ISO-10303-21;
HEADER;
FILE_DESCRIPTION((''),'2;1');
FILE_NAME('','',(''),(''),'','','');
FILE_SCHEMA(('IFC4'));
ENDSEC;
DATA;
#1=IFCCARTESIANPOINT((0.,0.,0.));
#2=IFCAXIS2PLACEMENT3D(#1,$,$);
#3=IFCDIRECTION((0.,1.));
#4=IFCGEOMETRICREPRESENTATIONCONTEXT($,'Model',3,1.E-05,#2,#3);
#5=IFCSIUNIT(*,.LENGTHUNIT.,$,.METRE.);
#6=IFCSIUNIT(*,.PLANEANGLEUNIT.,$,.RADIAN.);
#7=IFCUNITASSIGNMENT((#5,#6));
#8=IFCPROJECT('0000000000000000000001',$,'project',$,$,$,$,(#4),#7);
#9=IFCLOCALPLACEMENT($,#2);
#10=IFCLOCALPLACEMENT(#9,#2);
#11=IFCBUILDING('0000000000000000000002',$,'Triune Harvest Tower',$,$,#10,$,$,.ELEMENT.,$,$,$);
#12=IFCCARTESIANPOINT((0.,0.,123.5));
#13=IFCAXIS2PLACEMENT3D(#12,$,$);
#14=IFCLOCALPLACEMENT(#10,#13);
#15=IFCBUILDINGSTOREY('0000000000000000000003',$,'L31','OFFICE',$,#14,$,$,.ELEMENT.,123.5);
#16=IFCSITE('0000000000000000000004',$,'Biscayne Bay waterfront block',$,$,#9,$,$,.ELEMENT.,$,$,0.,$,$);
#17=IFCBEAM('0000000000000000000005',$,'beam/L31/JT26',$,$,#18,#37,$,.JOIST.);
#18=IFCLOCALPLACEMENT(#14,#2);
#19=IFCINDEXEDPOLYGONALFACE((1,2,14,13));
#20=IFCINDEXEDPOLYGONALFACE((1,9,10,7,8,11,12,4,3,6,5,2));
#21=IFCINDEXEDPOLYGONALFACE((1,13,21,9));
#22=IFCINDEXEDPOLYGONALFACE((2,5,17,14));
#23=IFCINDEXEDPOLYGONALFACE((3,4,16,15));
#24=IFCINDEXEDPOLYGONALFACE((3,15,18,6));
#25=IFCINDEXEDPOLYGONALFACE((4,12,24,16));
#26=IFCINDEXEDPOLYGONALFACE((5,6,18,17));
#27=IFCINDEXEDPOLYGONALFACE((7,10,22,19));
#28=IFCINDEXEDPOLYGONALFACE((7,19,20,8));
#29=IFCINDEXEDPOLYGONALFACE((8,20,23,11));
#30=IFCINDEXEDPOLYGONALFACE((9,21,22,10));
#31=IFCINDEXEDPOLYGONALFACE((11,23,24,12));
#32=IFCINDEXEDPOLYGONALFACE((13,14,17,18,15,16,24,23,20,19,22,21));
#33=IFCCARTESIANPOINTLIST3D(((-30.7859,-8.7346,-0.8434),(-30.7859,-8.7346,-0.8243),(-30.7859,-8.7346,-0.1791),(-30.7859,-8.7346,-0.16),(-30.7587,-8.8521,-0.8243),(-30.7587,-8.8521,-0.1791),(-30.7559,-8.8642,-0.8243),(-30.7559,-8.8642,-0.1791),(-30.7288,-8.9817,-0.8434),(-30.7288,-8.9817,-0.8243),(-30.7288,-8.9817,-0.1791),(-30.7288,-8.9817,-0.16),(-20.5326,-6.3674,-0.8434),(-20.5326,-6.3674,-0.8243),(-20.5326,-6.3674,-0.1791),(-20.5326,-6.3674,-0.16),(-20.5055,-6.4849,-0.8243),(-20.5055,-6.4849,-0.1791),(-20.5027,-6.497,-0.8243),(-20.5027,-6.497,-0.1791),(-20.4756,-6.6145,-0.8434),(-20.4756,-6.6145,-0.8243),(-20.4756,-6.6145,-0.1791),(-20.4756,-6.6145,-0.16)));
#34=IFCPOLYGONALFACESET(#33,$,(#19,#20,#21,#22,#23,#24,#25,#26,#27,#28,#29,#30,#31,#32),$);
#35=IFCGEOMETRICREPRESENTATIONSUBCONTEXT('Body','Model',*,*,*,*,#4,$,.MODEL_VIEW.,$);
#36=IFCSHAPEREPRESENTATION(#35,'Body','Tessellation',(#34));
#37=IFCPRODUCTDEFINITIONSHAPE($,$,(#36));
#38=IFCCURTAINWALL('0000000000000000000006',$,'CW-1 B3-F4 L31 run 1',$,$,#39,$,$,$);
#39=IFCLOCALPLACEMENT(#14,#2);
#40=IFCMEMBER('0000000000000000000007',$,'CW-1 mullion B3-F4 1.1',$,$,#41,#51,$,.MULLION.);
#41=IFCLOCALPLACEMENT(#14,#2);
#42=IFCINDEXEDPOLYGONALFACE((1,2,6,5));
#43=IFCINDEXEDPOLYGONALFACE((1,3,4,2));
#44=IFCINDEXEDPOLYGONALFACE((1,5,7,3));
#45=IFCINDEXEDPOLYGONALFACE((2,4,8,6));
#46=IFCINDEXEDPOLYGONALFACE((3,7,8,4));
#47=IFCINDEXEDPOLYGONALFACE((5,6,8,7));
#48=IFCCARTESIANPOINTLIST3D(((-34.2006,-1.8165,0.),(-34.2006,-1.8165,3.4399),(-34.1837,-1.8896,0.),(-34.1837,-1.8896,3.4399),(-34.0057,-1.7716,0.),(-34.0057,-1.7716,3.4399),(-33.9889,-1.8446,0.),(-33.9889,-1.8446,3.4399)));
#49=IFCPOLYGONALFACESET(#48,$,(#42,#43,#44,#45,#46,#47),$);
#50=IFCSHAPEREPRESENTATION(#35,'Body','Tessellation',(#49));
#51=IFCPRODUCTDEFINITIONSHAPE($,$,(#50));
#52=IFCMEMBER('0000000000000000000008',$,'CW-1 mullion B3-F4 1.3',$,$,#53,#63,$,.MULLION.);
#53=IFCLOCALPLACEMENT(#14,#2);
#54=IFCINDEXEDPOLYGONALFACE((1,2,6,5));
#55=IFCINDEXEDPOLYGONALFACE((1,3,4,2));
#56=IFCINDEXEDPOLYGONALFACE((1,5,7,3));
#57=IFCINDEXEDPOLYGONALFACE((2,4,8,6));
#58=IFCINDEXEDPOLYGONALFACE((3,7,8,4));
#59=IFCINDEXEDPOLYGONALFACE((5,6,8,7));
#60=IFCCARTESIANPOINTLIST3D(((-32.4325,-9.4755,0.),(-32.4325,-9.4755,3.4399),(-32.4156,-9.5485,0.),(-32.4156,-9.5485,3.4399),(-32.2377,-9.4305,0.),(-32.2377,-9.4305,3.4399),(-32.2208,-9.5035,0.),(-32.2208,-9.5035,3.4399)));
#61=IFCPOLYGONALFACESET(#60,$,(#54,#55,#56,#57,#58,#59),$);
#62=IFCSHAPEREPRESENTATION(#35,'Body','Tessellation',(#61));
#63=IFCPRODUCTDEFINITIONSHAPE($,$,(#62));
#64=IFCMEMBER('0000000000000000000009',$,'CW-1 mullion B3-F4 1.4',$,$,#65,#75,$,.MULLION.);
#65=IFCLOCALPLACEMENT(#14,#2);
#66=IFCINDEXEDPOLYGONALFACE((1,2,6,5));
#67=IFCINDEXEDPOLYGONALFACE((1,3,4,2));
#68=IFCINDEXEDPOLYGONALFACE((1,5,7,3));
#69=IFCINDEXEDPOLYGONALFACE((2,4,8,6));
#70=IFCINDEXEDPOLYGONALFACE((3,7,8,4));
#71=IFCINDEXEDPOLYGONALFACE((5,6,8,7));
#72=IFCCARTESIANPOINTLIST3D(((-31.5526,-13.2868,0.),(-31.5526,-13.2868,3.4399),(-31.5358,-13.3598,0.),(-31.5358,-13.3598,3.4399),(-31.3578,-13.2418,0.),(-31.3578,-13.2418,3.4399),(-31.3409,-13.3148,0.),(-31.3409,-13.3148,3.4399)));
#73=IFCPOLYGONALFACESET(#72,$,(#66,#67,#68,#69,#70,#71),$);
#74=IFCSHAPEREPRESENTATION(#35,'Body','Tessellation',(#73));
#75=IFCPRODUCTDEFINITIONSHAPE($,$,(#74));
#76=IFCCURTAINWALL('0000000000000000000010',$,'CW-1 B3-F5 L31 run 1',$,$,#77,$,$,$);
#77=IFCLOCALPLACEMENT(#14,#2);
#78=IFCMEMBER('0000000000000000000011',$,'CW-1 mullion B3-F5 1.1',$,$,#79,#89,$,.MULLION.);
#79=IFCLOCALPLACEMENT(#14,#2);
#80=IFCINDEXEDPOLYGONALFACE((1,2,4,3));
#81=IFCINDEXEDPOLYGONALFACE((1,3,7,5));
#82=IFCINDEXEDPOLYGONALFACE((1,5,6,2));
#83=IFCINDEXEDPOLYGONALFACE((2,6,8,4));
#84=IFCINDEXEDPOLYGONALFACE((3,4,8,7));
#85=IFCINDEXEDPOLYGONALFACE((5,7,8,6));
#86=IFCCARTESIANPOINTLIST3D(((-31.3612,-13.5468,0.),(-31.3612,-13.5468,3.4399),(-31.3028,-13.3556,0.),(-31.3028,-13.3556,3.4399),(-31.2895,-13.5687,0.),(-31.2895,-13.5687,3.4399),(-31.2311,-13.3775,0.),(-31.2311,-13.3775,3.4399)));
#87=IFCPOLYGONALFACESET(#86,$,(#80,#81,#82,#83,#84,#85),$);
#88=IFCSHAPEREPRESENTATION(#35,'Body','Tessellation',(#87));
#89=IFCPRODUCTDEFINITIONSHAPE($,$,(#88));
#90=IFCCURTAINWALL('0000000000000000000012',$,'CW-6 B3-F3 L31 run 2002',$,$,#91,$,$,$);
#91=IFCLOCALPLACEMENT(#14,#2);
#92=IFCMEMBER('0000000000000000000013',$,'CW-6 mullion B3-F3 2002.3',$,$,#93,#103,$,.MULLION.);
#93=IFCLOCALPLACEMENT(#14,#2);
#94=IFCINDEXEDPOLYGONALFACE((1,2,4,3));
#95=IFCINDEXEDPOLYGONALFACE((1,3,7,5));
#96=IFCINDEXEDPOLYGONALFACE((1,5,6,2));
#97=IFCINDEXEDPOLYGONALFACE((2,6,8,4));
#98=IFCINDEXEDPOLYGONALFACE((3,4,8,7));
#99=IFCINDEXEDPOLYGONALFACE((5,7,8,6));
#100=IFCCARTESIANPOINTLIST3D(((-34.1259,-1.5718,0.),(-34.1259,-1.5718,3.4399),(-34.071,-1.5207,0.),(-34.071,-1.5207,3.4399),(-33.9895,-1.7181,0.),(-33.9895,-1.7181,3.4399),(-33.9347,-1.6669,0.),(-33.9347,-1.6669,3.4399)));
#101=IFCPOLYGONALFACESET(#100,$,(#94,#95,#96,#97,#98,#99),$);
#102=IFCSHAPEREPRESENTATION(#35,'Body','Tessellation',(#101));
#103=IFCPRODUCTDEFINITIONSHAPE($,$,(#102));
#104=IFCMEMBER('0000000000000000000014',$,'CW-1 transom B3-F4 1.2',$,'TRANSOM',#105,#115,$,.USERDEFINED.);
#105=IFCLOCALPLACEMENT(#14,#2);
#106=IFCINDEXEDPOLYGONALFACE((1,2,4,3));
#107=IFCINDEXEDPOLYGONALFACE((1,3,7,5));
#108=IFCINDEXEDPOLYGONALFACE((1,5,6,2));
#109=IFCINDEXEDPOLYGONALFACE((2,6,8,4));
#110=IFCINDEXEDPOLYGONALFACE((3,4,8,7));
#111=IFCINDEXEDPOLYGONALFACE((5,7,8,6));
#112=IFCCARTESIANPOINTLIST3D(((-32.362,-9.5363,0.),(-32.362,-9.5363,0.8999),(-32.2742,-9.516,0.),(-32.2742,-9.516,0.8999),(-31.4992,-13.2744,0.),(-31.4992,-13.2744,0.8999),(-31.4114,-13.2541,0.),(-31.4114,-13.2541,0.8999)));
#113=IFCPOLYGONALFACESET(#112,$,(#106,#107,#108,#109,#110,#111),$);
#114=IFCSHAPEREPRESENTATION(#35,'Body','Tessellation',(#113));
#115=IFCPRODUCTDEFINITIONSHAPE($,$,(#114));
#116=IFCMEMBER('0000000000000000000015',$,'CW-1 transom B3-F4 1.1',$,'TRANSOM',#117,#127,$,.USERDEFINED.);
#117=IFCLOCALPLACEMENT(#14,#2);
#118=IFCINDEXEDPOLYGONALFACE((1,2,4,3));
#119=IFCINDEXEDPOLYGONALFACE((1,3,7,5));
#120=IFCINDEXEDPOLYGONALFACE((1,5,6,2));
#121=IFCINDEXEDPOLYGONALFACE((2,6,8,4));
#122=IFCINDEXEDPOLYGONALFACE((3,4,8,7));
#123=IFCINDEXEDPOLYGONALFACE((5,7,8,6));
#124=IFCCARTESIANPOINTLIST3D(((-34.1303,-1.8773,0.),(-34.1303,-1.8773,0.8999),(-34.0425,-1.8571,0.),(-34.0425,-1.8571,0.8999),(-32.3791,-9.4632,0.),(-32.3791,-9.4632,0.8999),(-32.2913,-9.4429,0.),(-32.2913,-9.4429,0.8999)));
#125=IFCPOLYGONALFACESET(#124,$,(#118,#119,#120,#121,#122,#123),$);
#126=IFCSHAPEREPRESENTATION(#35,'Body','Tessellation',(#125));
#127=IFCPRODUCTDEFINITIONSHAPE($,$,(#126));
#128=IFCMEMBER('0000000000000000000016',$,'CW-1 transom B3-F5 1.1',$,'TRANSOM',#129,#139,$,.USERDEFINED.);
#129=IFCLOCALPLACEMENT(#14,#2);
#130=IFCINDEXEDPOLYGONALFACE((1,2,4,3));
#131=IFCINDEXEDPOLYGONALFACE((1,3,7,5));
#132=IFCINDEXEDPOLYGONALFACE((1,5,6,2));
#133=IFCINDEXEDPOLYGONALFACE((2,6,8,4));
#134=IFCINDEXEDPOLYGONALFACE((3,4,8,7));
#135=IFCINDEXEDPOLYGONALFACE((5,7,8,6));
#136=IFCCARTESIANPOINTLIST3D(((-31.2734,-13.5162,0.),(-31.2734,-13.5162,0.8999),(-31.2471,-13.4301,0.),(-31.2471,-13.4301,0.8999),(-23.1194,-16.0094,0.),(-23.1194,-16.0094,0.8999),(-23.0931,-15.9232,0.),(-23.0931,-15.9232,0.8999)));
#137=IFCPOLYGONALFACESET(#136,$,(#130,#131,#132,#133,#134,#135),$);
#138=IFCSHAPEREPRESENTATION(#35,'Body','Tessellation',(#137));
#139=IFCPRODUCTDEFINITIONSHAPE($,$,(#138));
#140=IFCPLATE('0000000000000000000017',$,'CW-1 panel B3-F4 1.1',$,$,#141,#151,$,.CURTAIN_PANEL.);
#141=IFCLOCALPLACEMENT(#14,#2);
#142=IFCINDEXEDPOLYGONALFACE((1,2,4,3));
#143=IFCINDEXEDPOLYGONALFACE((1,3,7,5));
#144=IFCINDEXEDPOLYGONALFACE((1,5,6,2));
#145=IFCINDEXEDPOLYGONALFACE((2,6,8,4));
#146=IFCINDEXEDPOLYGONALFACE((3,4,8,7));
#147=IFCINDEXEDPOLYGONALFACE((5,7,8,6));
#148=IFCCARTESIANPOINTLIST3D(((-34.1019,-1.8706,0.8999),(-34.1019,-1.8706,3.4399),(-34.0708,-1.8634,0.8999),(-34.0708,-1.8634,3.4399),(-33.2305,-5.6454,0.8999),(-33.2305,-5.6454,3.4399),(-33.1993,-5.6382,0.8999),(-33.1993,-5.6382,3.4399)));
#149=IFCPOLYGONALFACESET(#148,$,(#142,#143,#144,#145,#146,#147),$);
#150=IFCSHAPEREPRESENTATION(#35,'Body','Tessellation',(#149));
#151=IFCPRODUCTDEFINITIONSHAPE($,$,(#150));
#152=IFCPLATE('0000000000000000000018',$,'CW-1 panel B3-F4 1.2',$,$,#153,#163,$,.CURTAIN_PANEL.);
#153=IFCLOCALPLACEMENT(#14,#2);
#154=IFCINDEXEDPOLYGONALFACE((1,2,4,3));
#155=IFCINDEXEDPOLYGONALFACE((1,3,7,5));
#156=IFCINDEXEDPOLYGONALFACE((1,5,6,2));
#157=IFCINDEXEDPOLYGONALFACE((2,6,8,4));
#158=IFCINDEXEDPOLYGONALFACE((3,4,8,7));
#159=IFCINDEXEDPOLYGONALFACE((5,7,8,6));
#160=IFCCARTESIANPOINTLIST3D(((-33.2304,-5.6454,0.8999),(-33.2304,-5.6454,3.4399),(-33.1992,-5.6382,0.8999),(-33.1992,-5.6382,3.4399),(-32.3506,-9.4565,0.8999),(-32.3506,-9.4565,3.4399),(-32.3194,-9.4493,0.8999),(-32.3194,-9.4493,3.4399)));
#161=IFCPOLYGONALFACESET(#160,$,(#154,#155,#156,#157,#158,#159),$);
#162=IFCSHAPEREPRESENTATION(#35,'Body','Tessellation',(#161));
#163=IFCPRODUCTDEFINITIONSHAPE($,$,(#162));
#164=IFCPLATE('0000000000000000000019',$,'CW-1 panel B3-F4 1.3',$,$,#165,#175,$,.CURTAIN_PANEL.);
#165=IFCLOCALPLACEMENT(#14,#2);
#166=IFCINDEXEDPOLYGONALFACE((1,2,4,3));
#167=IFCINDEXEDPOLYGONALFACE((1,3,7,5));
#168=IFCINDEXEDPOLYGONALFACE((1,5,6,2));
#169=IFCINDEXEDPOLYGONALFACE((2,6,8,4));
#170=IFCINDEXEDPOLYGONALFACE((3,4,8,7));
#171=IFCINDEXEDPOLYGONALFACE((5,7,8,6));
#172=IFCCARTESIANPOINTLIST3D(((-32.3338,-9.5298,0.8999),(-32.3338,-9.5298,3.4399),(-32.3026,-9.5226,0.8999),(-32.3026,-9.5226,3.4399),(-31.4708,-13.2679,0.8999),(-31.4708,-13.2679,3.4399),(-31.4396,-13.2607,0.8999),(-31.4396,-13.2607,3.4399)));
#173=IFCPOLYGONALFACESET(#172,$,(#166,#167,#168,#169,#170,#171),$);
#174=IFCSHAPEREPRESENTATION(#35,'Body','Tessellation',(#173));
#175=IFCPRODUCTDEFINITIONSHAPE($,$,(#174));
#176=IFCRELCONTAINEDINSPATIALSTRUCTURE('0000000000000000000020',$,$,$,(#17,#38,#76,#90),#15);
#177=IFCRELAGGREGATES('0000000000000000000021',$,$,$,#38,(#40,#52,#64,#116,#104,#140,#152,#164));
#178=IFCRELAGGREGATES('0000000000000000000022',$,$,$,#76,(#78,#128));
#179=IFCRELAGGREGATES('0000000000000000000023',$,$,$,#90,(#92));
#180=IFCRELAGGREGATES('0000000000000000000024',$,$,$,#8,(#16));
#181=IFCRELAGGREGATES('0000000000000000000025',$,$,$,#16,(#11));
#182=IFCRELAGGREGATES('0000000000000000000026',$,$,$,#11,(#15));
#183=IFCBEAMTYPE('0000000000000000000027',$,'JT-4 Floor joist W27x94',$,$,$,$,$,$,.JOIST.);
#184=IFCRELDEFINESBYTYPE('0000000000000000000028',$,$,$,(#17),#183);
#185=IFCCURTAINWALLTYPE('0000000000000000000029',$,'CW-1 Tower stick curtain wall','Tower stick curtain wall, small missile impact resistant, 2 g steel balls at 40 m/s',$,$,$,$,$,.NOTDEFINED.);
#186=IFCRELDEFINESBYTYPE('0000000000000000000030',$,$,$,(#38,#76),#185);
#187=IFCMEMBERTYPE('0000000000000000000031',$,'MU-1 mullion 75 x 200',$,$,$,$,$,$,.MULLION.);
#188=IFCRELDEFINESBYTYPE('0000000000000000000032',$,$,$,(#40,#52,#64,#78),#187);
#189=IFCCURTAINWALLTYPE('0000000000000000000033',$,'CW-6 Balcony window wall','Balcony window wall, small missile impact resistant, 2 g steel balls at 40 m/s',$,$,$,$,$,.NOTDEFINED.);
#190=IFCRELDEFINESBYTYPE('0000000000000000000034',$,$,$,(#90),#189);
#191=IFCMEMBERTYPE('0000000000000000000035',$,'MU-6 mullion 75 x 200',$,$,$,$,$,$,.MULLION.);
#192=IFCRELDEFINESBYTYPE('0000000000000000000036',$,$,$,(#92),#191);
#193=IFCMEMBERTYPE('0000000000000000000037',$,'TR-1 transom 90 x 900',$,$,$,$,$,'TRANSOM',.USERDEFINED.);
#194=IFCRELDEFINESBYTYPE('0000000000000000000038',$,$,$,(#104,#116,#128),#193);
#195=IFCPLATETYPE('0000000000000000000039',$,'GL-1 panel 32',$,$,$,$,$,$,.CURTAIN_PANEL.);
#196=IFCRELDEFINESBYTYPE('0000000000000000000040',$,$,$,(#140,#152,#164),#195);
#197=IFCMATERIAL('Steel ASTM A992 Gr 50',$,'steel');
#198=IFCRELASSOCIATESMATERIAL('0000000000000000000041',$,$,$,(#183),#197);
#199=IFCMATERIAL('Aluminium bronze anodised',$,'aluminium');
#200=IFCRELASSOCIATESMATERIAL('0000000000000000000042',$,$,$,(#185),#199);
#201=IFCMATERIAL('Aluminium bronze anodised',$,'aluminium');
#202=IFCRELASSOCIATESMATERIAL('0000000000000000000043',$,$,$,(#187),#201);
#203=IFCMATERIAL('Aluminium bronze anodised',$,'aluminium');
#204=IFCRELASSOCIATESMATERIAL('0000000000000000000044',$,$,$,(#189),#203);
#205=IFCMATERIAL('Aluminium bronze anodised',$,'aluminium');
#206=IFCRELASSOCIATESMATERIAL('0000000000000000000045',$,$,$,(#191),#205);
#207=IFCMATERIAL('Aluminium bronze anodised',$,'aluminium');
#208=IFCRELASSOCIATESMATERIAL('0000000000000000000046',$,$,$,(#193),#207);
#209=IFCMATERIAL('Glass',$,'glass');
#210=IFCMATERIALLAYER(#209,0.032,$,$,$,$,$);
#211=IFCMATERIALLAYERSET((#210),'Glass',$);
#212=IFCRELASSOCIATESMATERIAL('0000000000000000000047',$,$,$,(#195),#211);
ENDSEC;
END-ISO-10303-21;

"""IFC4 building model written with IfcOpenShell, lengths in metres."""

from ifc_helpers import new_model, si_unit, direction, frame, origin, origin_2d, place, context, subcontext, project, spatial, rectangle, i_section, extrude, source, transform, mapped, material, layer, layer_set, material_profile, profile_set, type_object, element, aggregate, save


model = new_model("IFC4")

# Units and contexts
model_context = context("Model", 3, precision=1e-05, world=origin(), true_north=direction((0.0, 1.0)))
body_context = subcontext(model_context, "Body", "Model", "MODEL_VIEW")
ifc_project = project(units=[si_unit("LENGTHUNIT", "METRE"), si_unit("PLANEANGLEUNIT", "RADIAN")], contexts=[model_context])

# Site, building, storey
site_placement = place(None, origin())
site = spatial("IfcSite", under=ifc_project, at=site_placement, Name="Biscayne Bay waterfront block", CompositionType="ELEMENT", RefElevation=0.0)
building_placement = place(site_placement, origin())
building = spatial("IfcBuilding", under=site, at=building_placement, Name="Triune Harvest Tower", CompositionType="ELEMENT")
storey_placement = place(building_placement, frame((0.0, 0.0, 123.5)))
storey = spatial("IfcBuildingStorey", under=building, at=storey_placement, Name="L31", Description="OFFICE", CompositionType="ELEMENT", Elevation=123.5)

# Beam
ifc_material_1 = material(Name="Steel ASTM A992 Gr 50", Category="steel")
ifc_material_profile_1 = material_profile(ifc_material_1, i_section(OverallWidth=0.2537, OverallDepth=0.6833, WebThickness=0.0125, FlangeThickness=0.019, at=origin_2d()), Name="W27x94")
ifc_profile_set_1 = profile_set([ifc_material_profile_1], Name="Steel ASTM A992 Gr 50")
beam_type_1 = type_object("IfcBeamType", Name="JT-4 Floor joist W27x94", PredefinedType="JOIST", material=ifc_profile_set_1)
shared_shape_1 = source(origin(), body_context, "Body", "SweptSolid", [
    extrude(i_section(OverallWidth=0.2537, OverallDepth=0.6833, WebThickness=0.0125, FlangeThickness=0.019, at=origin_2d()), origin(), (0.0, 0.0, 1.0), 10.5229),
])
beam_1_placement = place(storey_placement, frame((-30.7573, -8.8582, -0.5017), z_axis=(0.974369, 0.224956, 0.0), x_axis=(-0.224956, 0.974369, 0.0)))
element("IfcBeam", 1, at=beam_1_placement, inside=storey, type_object=beam_type_1, Name="beam/L31/JT26", PredefinedType="JOIST", context=body_context, shape_type="MappedRepresentation", body=[
    mapped(shared_shape_1, transform((0.0, 0.0, 0.0), scale=1.0)),
])

# Curtain wall, members
ifc_material_2 = material(Name="Aluminium bronze anodised", Category="aluminium")
curtain_wall_type_1 = type_object("IfcCurtainWallType", Name="CW-1 Tower stick curtain wall", Description="Tower stick curtain wall, small missile impact resistant, 2 g steel balls at 40 m/s", PredefinedType="NOTDEFINED", material=ifc_material_2)
curtain_wall_1_placement = place(storey_placement, origin())
curtain_wall_1 = element("IfcCurtainWall", 2, at=curtain_wall_1_placement, inside=storey, type_object=curtain_wall_type_1, Name="CW-1 B3-F4 L31 run 1")
ifc_material_3 = material(Name="Aluminium bronze anodised", Category="aluminium")
ifc_material_profile_2 = material_profile(ifc_material_3, rectangle(XDim=0.2, YDim=0.075, at=origin_2d()), Name="MU-1 mullion 75 x 200")
ifc_profile_set_2 = profile_set([ifc_material_profile_2], Name="Aluminium bronze anodised")
member_type_1 = type_object("IfcMemberType", Name="MU-1 mullion 75 x 200", PredefinedType="MULLION", material=ifc_profile_set_2)
shared_shape_2 = source(origin(), body_context, "Body", "SweptSolid", [
    extrude(rectangle(XDim=0.2, YDim=0.075, at=origin_2d()), origin(), (0.0, 0.0, 1.0), 3.4399),
])
member_1_placement = place(storey_placement, frame((-34.0947, -1.8306, 0.0), z_axis=(0.0, 0.0, 1.0), x_axis=(0.974371, 0.224947, 0.0)))
member_1 = element("IfcMember", 3, at=member_1_placement, type_object=member_type_1, Name="CW-1 mullion B3-F4 1.1", PredefinedType="MULLION", context=body_context, shape_type="MappedRepresentation", body=[
    mapped(shared_shape_2, transform((0.0, 0.0, 0.0), scale=1.0)),
])
member_2_placement = place(storey_placement, frame((-32.3267, -9.4895, 0.0), z_axis=(0.0, 0.0, 1.0), x_axis=(0.974371, 0.224947, 0.0)))
member_2 = element("IfcMember", 4, at=member_2_placement, type_object=member_type_1, Name="CW-1 mullion B3-F4 1.3", PredefinedType="MULLION", context=body_context, shape_type="MappedRepresentation", body=[
    mapped(shared_shape_2, transform((0.0, 0.0, 0.0), scale=1.0)),
])
member_3_placement = place(storey_placement, frame((-31.4468, -13.3008, 0.0), z_axis=(0.0, 0.0, 1.0), x_axis=(0.974371, 0.224947, 0.0)))
member_3 = element("IfcMember", 5, at=member_3_placement, type_object=member_type_1, Name="CW-1 mullion B3-F4 1.4", PredefinedType="MULLION", context=body_context, shape_type="MappedRepresentation", body=[
    mapped(shared_shape_2, transform((0.0, 0.0, 0.0), scale=1.0)),
])

# Curtain walls, members
curtain_wall_2_placement = place(storey_placement, origin())
curtain_wall_2 = element("IfcCurtainWall", 6, at=curtain_wall_2_placement, inside=storey, type_object=curtain_wall_type_1, Name="CW-1 B3-F5 L31 run 1")
member_4_placement = place(storey_placement, frame((-31.2961, -13.4622, 0.0), z_axis=(0.0, 0.0, 1.0), x_axis=(0.292377, 0.956303, 0.0)))
member_4 = element("IfcMember", 7, at=member_4_placement, type_object=member_type_1, Name="CW-1 mullion B3-F5 1.1", PredefinedType="MULLION", context=body_context, shape_type="MappedRepresentation", body=[
    mapped(shared_shape_2, transform((0.0, 0.0, 0.0), scale=1.0)),
])
ifc_material_4 = material(Name="Aluminium bronze anodised", Category="aluminium")
curtain_wall_type_2 = type_object("IfcCurtainWallType", Name="CW-6 Balcony window wall", Description="Balcony window wall, small missile impact resistant, 2 g steel balls at 40 m/s", PredefinedType="NOTDEFINED", material=ifc_material_4)
curtain_wall_3_placement = place(storey_placement, origin())
curtain_wall_3 = element("IfcCurtainWall", 8, at=curtain_wall_3_placement, inside=storey, type_object=curtain_wall_type_2, Name="CW-6 B3-F3 L31 run 2002")
ifc_material_5 = material(Name="Aluminium bronze anodised", Category="aluminium")
ifc_material_profile_3 = material_profile(ifc_material_5, rectangle(XDim=0.2, YDim=0.075, at=origin_2d()), Name="MU-6 mullion 75 x 200")
ifc_profile_set_3 = profile_set([ifc_material_profile_3], Name="Aluminium bronze anodised")
member_type_2 = type_object("IfcMemberType", Name="MU-6 mullion 75 x 200", PredefinedType="MULLION", material=ifc_profile_set_3)
shared_shape_3 = source(origin(), body_context, "Body", "SweptSolid", [
    extrude(rectangle(XDim=0.2, YDim=0.075, at=origin_2d()), origin(), (0.0, 0.0, 1.0), 3.4399),
])
member_5_placement = place(storey_placement, frame((-34.0303, -1.6194, 0.0), z_axis=(0.0, 0.0, 1.0), x_axis=(0.681998, -0.731354, 0.0)))
member_5 = element("IfcMember", 9, at=member_5_placement, type_object=member_type_2, Name="CW-6 mullion B3-F3 2002.3", PredefinedType="MULLION", context=body_context, shape_type="MappedRepresentation", body=[
    mapped(shared_shape_3, transform((0.0, 0.0, 0.0), scale=1.0)),
])

# Members
ifc_material_6 = material(Name="Aluminium bronze anodised", Category="aluminium")
ifc_material_profile_4 = material_profile(ifc_material_6, rectangle(XDim=0.0901, YDim=0.8999, at=origin_2d()), Name="TR-1 transom 90 x 900")
ifc_profile_set_4 = profile_set([ifc_material_profile_4], Name="Aluminium bronze anodised")
member_type_3 = type_object("IfcMemberType", Name="TR-1 transom 90 x 900", ElementType="TRANSOM", PredefinedType="USERDEFINED", material=ifc_profile_set_4)
shared_shape_4 = source(origin(), body_context, "Body", "SweptSolid", [
    extrude(rectangle(XDim=0.0901, YDim=0.8999, at=origin_2d()), origin(), (0.0, 0.0, 1.0), 3.8364),
])
member_6_placement = place(storey_placement, frame((-32.3181, -9.5261, 0.45), z_axis=(0.224901, -0.974382, 0.0), x_axis=(0.974382, 0.224901, 0.0)))
member_6 = element("IfcMember", 10, at=member_6_placement, type_object=member_type_3, Name="CW-1 transom B3-F4 1.2", ObjectType="TRANSOM", PredefinedType="USERDEFINED", context=body_context, shape_type="MappedRepresentation", body=[
    mapped(shared_shape_4, transform((0.0, 0.0, 0.0), scale=1.0)),
])
shared_shape_5 = source(origin(), body_context, "Body", "SweptSolid", [
    extrude(rectangle(XDim=0.0901, YDim=0.8999, at=origin_2d()), origin(), (0.0, 0.0, 1.0), 7.7854),
])
member_7_placement = place(storey_placement, frame((-34.0864, -1.8672, 0.45), z_axis=(0.224935, -0.974374, 0.0), x_axis=(0.974374, 0.224935, 0.0)))
member_7 = element("IfcMember", 11, at=member_7_placement, type_object=member_type_3, Name="CW-1 transom B3-F4 1.1", ObjectType="TRANSOM", PredefinedType="USERDEFINED", context=body_context, shape_type="MappedRepresentation", body=[
    mapped(shared_shape_5, transform((0.0, 0.0, 0.0), scale=1.0)),
])
shared_shape_6 = source(origin(), body_context, "Body", "SweptSolid", [
    extrude(rectangle(XDim=0.0901, YDim=0.8999, at=origin_2d()), origin(), (0.0, 0.0, 1.0), 8.5266),
])
member_8_placement = place(storey_placement, frame((-31.2603, -13.4731, 0.45), z_axis=(0.956298, -0.292395, 0.0), x_axis=(0.292395, 0.956298, 0.0)))
member_8 = element("IfcMember", 12, at=member_8_placement, type_object=member_type_3, Name="CW-1 transom B3-F5 1.1", ObjectType="TRANSOM", PredefinedType="USERDEFINED", context=body_context, shape_type="MappedRepresentation", body=[
    mapped(shared_shape_6, transform((0.0, 0.0, 0.0), scale=1.0)),
])

# Plates
ifc_material_7 = material(Name="Glass", Category="glass")
ifc_layer_1 = layer(ifc_material_7, 0.032)
ifc_layer_set_1 = layer_set([ifc_layer_1], Name="Glass")
plate_type_1 = type_object("IfcPlateType", Name="GL-1 panel 32", PredefinedType="CURTAIN_PANEL", material=ifc_layer_set_1)
shared_shape_7 = source(origin(), body_context, "Body", "SweptSolid", [
    extrude(rectangle(XDim=3.874, YDim=0.032, at=origin_2d()), origin(), (0.0, 0.0, 1.0), 2.54),
])
plate_1_placement = place(storey_placement, frame((-33.6506, -3.7544, 0.8999), z_axis=(0.0, 0.0, 1.0), x_axis=(0.224947, -0.974371, 0.0)))
plate_1 = element("IfcPlate", 13, at=plate_1_placement, type_object=plate_type_1, Name="CW-1 panel B3-F4 1.1", PredefinedType="CURTAIN_PANEL", context=body_context, shape_type="MappedRepresentation", body=[
    mapped(shared_shape_7, transform((0.0, 0.0, 0.0), scale=1.0)),
])
shared_shape_8 = source(origin(), body_context, "Body", "SweptSolid", [
    extrude(rectangle(XDim=3.9114, YDim=0.032, at=origin_2d()), origin(), (0.0, 0.0, 1.0), 2.54),
])
plate_2_placement = place(storey_placement, frame((-32.7749, -7.5474, 0.8999), z_axis=(0.0, 0.0, 1.0), x_axis=(0.224947, -0.974371, 0.0)))
plate_2 = element("IfcPlate", 14, at=plate_2_placement, type_object=plate_type_1, Name="CW-1 panel B3-F4 1.2", PredefinedType="CURTAIN_PANEL", context=body_context, shape_type="MappedRepresentation", body=[
    mapped(shared_shape_8, transform((0.0, 0.0, 0.0), scale=1.0)),
])
shared_shape_9 = source(origin(), body_context, "Body", "SweptSolid", [
    extrude(rectangle(XDim=3.8364, YDim=0.032, at=origin_2d()), origin(), (0.0, 0.0, 1.0), 2.54),
])
plate_3_placement = place(storey_placement, frame((-31.8867, -11.3953, 0.8999), z_axis=(0.0, 0.0, 1.0), x_axis=(0.224947, -0.974371, 0.0)))
plate_3 = element("IfcPlate", 15, at=plate_3_placement, type_object=plate_type_1, Name="CW-1 panel B3-F4 1.3", PredefinedType="CURTAIN_PANEL", context=body_context, shape_type="MappedRepresentation", body=[
    mapped(shared_shape_9, transform((0.0, 0.0, 0.0), scale=1.0)),
])
aggregate(curtain_wall_1, [member_1, member_2, member_3, member_7, member_6, plate_1, plate_2, plate_3])
aggregate(curtain_wall_2, [member_4, member_8])
aggregate(curtain_wall_3, [member_5])

save(model, "model.ifc")
